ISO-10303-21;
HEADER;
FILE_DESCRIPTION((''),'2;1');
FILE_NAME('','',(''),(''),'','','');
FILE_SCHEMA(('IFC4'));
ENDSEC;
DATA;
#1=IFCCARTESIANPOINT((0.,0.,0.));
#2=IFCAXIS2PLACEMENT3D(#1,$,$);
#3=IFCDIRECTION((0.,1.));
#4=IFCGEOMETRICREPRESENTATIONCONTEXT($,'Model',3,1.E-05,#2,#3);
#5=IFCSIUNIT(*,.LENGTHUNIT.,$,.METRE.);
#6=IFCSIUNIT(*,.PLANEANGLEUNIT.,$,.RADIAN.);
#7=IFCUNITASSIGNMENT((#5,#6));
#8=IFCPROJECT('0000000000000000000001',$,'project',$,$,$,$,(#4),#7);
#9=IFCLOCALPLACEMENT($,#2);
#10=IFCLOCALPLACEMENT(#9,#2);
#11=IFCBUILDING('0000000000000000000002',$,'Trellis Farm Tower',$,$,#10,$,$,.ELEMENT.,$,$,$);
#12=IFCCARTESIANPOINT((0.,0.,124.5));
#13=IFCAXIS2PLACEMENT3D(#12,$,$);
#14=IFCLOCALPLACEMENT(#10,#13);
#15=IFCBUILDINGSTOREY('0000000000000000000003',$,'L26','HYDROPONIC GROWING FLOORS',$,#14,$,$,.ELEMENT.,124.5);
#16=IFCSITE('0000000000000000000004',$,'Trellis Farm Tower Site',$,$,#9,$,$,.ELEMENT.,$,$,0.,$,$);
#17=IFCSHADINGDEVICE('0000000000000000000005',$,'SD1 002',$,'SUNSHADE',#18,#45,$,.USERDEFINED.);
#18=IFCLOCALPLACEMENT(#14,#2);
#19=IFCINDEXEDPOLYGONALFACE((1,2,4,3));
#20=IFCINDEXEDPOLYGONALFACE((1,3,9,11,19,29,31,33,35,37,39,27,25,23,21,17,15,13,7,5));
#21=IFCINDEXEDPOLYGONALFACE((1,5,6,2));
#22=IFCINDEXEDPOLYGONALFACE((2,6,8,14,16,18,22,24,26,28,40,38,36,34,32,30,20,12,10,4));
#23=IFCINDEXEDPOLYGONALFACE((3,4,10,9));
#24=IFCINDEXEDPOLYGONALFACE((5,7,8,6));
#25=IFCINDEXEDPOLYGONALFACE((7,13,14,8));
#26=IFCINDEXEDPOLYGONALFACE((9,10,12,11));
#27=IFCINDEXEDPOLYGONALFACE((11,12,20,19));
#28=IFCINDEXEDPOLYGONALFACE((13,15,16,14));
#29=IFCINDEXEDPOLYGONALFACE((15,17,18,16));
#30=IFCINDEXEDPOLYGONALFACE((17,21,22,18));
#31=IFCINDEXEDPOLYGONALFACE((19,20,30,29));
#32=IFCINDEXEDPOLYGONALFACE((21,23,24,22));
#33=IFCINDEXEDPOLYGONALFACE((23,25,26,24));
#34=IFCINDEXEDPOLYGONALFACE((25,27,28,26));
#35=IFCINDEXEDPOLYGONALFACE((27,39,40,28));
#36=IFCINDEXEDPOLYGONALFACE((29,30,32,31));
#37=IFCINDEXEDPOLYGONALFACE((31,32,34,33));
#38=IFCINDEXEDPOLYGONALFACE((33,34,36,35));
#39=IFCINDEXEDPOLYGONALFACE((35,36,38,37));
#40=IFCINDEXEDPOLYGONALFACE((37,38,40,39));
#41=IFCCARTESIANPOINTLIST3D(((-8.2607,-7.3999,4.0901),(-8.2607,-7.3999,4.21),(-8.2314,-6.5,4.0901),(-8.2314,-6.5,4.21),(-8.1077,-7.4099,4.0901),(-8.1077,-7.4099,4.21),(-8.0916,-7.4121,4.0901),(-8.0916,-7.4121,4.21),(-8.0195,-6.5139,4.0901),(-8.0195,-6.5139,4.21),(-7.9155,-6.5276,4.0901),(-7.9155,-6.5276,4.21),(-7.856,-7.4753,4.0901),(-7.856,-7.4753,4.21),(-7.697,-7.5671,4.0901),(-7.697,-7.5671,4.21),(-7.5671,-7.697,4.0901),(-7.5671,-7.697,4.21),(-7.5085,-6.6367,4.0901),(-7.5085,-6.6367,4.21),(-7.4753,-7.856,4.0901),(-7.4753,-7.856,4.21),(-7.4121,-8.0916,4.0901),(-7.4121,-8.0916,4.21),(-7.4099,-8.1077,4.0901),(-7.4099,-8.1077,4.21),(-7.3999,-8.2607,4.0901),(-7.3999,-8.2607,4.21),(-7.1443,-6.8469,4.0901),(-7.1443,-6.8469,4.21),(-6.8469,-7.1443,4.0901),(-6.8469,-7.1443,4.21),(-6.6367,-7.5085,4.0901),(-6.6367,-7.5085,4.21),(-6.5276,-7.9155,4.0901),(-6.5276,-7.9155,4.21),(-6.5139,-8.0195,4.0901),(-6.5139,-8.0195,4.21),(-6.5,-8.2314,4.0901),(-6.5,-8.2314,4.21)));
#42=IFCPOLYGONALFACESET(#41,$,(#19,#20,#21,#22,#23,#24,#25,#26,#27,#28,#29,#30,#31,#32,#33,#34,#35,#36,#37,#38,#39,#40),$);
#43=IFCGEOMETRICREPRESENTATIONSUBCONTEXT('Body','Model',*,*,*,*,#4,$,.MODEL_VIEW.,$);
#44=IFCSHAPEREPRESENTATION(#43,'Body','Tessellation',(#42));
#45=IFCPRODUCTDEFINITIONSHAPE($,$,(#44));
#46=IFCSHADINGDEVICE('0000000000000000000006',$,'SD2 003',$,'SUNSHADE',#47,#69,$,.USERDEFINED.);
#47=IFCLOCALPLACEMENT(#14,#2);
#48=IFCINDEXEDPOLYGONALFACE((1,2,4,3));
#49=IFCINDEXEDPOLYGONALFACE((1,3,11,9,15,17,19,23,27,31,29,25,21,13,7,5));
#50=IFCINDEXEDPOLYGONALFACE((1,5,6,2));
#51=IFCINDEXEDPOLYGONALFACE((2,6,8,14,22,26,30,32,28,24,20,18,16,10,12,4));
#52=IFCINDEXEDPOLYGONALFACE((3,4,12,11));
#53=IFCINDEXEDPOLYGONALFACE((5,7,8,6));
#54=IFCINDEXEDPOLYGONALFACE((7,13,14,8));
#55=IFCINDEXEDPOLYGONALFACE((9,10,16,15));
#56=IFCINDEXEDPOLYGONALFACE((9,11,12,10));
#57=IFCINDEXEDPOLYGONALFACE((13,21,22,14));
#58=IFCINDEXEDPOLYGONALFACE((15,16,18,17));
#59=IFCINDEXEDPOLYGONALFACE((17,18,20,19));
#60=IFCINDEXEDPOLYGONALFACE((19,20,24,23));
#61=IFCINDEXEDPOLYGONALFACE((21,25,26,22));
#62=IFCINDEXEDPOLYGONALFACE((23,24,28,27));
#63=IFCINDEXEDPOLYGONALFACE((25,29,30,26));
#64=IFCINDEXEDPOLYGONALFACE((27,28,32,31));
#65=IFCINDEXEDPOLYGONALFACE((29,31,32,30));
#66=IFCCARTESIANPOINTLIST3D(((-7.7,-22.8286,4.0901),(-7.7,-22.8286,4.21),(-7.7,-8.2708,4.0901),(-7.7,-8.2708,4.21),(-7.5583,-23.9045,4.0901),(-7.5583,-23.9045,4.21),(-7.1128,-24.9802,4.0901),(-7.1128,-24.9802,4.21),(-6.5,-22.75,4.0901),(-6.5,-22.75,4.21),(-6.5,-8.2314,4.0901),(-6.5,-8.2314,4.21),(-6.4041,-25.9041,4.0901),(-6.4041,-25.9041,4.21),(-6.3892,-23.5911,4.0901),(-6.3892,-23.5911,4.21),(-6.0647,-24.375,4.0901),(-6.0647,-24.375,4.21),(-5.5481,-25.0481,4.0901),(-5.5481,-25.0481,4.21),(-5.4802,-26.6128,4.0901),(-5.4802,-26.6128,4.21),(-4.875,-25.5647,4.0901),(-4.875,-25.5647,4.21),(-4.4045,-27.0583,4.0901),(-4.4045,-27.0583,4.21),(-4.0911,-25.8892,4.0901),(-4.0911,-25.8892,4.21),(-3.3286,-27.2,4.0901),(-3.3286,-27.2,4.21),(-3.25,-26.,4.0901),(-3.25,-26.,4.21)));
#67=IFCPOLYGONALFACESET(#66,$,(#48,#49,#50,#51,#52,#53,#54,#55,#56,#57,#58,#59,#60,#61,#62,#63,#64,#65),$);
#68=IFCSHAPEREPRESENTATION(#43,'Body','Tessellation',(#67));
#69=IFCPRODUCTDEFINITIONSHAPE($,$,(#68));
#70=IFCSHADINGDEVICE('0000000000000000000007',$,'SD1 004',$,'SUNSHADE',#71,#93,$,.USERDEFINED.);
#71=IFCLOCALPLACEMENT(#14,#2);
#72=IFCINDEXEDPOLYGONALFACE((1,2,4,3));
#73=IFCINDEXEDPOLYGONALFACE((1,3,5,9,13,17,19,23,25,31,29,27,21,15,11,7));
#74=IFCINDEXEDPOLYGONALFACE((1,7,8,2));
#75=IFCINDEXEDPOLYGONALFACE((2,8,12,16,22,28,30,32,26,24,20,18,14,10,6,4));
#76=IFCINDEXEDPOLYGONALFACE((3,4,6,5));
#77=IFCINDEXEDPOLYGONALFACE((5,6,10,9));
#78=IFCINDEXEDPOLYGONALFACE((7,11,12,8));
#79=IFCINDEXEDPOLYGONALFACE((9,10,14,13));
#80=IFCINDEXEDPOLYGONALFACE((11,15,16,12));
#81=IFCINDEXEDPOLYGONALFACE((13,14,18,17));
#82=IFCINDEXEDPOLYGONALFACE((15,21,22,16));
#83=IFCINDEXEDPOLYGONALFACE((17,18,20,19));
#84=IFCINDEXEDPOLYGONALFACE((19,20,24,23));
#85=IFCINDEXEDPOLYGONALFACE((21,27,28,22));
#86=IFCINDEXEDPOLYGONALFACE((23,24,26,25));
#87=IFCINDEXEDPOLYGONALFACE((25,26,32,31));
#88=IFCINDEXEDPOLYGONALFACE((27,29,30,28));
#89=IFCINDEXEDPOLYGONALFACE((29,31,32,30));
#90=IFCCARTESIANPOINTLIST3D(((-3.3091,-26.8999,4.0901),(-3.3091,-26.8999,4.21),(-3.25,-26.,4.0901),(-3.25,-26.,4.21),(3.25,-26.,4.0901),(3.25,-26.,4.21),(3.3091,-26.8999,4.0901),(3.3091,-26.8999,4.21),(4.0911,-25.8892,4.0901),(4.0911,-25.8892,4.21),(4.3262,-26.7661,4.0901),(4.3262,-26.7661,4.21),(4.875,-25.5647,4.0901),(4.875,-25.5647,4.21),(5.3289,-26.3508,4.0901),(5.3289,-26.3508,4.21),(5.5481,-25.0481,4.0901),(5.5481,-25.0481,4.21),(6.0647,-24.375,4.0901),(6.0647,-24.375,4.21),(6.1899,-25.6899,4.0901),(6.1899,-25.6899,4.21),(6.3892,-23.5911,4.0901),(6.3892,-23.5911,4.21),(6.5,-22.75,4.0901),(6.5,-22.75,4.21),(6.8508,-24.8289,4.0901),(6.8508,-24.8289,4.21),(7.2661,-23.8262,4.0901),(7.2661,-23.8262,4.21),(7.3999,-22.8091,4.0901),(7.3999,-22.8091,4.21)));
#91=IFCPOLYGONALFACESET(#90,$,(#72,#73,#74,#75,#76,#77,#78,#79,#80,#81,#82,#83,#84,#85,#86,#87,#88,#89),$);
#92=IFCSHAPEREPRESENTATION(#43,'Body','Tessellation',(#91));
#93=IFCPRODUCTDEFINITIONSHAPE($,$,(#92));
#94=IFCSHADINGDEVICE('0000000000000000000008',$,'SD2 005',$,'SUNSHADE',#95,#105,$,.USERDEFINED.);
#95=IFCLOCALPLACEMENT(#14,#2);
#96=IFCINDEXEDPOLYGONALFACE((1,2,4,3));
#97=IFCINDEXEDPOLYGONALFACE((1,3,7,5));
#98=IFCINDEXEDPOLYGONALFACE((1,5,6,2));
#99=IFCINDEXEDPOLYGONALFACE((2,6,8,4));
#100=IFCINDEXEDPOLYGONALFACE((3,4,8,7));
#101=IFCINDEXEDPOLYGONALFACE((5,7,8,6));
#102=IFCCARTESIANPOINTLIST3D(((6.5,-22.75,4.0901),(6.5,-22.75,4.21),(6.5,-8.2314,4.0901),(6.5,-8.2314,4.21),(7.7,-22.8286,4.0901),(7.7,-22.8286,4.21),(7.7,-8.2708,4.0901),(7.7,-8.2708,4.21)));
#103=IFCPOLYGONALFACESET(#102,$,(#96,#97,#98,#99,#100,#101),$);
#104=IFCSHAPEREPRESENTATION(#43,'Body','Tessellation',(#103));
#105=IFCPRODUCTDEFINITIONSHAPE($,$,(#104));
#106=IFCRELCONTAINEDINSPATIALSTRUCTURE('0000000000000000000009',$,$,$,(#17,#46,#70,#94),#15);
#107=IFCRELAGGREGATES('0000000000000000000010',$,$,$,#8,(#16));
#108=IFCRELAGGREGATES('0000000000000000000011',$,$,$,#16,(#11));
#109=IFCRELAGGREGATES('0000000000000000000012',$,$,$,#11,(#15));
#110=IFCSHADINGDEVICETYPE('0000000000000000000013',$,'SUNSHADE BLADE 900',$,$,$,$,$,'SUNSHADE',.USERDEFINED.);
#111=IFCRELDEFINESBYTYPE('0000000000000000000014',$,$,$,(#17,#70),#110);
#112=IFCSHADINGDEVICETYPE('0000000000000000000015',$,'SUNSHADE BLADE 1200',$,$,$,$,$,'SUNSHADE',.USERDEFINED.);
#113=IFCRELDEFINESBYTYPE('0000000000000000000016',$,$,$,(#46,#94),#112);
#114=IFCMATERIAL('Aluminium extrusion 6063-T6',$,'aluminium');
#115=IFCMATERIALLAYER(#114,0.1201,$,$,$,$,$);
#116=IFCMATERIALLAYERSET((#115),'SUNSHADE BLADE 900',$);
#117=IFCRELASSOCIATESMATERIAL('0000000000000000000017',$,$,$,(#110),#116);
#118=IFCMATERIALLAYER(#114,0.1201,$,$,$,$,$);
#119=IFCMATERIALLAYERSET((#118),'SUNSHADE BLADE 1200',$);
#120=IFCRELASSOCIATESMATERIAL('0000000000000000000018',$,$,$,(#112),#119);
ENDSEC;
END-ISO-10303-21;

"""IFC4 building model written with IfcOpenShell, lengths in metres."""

from ifc_helpers import new_model, si_unit, direction, frame, origin, place, context, subcontext, project, spatial, polyline, outline, extrude, source, transform, mapped, material, layer, layer_set, type_object, element, save


model = new_model("IFC4")

# Units and contexts
model_context = context("Model", 3, precision=1e-05, world=origin(), true_north=direction((0.0, 1.0)))
body_context = subcontext(model_context, "Body", "Model", "MODEL_VIEW")
ifc_project = project(units=[si_unit("LENGTHUNIT", "METRE"), si_unit("PLANEANGLEUNIT", "RADIAN")], contexts=[model_context])

# Site, building, storey
site_placement = place(None, origin())
site = spatial("IfcSite", under=ifc_project, at=site_placement, Name="Trellis Farm Tower Site", CompositionType="ELEMENT", RefElevation=0.0)
building_placement = place(site_placement, origin())
building = spatial("IfcBuilding", under=site, at=building_placement, Name="Trellis Farm Tower", CompositionType="ELEMENT")
storey_placement = place(building_placement, frame((0.0, 0.0, 124.5)))
storey = spatial("IfcBuildingStorey", under=building, at=storey_placement, Name="L26", Description="HYDROPONIC GROWING FLOORS", CompositionType="ELEMENT", Elevation=124.5)

# Shared definitions
ifc_material_1 = material(Name="Aluminium extrusion 6063-T6", Category="aluminium")

# Shading devices
ifc_layer_1 = layer(ifc_material_1, 0.1201)
ifc_layer_set_1 = layer_set([ifc_layer_1], Name="SUNSHADE BLADE 900")
shading_device_type_1 = type_object("IfcShadingDeviceType", Name="SUNSHADE BLADE 900", ElementType="SUNSHADE", PredefinedType="USERDEFINED", material=ifc_layer_set_1)
placement_1 = place(storey_placement, frame((0.0, 0.0, 4.0901)))
shared_shape_1 = source(origin(), body_context, "Body", "SweptSolid", [
    extrude(outline(polyline([(-8.2607, -7.3999), (-8.1077, -7.4099), (-8.0916, -7.4121), (-7.856, -7.4753), (-7.697, -7.5671), (-7.5671, -7.697), (-7.4753, -7.856), (-7.4121, -8.0916), (-7.4099, -8.1077), (-7.3999, -8.2607), (-6.5, -8.2314), (-6.5139, -8.0195), (-6.5276, -7.9155), (-6.6367, -7.5085), (-6.8469, -7.1443), (-7.1443, -6.8469), (-7.5085, -6.6367), (-7.9155, -6.5276), (-8.0195, -6.5139), (-8.2314, -6.5), (-8.2607, -7.3999)])), origin(), (0.0, 0.0, 1.0), 0.1199),
])
element("IfcShadingDevice", 1, at=placement_1, inside=storey, type_object=shading_device_type_1, Name="SD1 002", ObjectType="SUNSHADE", PredefinedType="USERDEFINED", context=body_context, shape_type="MappedRepresentation", body=[
    mapped(shared_shape_1, transform((0.0, 0.0, 0.0))),
])
ifc_layer_2 = layer(ifc_material_1, 0.1201)
ifc_layer_set_2 = layer_set([ifc_layer_2], Name="SUNSHADE BLADE 1200")
shading_device_type_2 = type_object("IfcShadingDeviceType", Name="SUNSHADE BLADE 1200", ElementType="SUNSHADE", PredefinedType="USERDEFINED", material=ifc_layer_set_2)
shared_shape_2 = source(origin(), body_context, "Body", "SweptSolid", [
    extrude(outline(polyline([(-7.7, -8.2708), (-7.7, -22.8286), (-7.5583, -23.9045), (-7.1128, -24.9802), (-6.4041, -25.9041), (-5.4802, -26.6128), (-4.4045, -27.0583), (-3.3286, -27.2), (-3.25, -26.0), (-4.0911, -25.8892), (-4.875, -25.5647), (-5.5481, -25.0481), (-6.0647, -24.375), (-6.3892, -23.5911), (-6.5, -22.75), (-6.5, -8.2314), (-7.7, -8.2708)])), origin(), (0.0, 0.0, 1.0), 0.1199),
])
element("IfcShadingDevice", 2, at=placement_1, inside=storey, type_object=shading_device_type_2, Name="SD2 003", ObjectType="SUNSHADE", PredefinedType="USERDEFINED", context=body_context, shape_type="MappedRepresentation", body=[
    mapped(shared_shape_2, transform((0.0, 0.0, 0.0))),
])
shared_shape_3 = source(origin(), body_context, "Body", "SweptSolid", [
    extrude(outline(polyline([(-3.3091, -26.8999), (3.3091, -26.8999), (4.3262, -26.7661), (5.3289, -26.3508), (6.1899, -25.6899), (6.8508, -24.8289), (7.2661, -23.8262), (7.3999, -22.8091), (6.5, -22.75), (6.3892, -23.5911), (6.0647, -24.375), (5.5481, -25.0481), (4.875, -25.5647), (4.0911, -25.8892), (3.25, -26.0), (-3.25, -26.0), (-3.3091, -26.8999)])), origin(), (0.0, 0.0, 1.0), 0.1199),
])
element("IfcShadingDevice", 3, at=placement_1, inside=storey, type_object=shading_device_type_1, Name="SD1 004", ObjectType="SUNSHADE", PredefinedType="USERDEFINED", context=body_context, shape_type="MappedRepresentation", body=[
    mapped(shared_shape_3, transform((0.0, 0.0, 0.0))),
])
shared_shape_4 = source(origin(), body_context, "Body", "SweptSolid", [
    extrude(outline(polyline([(7.7, -22.8286), (7.7, -8.2708), (6.5, -8.2314), (6.5, -22.75), (7.7, -22.8286)])), origin(), (0.0, 0.0, 1.0), 0.1199),
])
element("IfcShadingDevice", 4, at=placement_1, inside=storey, type_object=shading_device_type_2, Name="SD2 005", ObjectType="SUNSHADE", PredefinedType="USERDEFINED", context=body_context, shape_type="MappedRepresentation", body=[
    mapped(shared_shape_4, transform((0.0, 0.0, 0.0))),
])

save(model, "model.ifc")
